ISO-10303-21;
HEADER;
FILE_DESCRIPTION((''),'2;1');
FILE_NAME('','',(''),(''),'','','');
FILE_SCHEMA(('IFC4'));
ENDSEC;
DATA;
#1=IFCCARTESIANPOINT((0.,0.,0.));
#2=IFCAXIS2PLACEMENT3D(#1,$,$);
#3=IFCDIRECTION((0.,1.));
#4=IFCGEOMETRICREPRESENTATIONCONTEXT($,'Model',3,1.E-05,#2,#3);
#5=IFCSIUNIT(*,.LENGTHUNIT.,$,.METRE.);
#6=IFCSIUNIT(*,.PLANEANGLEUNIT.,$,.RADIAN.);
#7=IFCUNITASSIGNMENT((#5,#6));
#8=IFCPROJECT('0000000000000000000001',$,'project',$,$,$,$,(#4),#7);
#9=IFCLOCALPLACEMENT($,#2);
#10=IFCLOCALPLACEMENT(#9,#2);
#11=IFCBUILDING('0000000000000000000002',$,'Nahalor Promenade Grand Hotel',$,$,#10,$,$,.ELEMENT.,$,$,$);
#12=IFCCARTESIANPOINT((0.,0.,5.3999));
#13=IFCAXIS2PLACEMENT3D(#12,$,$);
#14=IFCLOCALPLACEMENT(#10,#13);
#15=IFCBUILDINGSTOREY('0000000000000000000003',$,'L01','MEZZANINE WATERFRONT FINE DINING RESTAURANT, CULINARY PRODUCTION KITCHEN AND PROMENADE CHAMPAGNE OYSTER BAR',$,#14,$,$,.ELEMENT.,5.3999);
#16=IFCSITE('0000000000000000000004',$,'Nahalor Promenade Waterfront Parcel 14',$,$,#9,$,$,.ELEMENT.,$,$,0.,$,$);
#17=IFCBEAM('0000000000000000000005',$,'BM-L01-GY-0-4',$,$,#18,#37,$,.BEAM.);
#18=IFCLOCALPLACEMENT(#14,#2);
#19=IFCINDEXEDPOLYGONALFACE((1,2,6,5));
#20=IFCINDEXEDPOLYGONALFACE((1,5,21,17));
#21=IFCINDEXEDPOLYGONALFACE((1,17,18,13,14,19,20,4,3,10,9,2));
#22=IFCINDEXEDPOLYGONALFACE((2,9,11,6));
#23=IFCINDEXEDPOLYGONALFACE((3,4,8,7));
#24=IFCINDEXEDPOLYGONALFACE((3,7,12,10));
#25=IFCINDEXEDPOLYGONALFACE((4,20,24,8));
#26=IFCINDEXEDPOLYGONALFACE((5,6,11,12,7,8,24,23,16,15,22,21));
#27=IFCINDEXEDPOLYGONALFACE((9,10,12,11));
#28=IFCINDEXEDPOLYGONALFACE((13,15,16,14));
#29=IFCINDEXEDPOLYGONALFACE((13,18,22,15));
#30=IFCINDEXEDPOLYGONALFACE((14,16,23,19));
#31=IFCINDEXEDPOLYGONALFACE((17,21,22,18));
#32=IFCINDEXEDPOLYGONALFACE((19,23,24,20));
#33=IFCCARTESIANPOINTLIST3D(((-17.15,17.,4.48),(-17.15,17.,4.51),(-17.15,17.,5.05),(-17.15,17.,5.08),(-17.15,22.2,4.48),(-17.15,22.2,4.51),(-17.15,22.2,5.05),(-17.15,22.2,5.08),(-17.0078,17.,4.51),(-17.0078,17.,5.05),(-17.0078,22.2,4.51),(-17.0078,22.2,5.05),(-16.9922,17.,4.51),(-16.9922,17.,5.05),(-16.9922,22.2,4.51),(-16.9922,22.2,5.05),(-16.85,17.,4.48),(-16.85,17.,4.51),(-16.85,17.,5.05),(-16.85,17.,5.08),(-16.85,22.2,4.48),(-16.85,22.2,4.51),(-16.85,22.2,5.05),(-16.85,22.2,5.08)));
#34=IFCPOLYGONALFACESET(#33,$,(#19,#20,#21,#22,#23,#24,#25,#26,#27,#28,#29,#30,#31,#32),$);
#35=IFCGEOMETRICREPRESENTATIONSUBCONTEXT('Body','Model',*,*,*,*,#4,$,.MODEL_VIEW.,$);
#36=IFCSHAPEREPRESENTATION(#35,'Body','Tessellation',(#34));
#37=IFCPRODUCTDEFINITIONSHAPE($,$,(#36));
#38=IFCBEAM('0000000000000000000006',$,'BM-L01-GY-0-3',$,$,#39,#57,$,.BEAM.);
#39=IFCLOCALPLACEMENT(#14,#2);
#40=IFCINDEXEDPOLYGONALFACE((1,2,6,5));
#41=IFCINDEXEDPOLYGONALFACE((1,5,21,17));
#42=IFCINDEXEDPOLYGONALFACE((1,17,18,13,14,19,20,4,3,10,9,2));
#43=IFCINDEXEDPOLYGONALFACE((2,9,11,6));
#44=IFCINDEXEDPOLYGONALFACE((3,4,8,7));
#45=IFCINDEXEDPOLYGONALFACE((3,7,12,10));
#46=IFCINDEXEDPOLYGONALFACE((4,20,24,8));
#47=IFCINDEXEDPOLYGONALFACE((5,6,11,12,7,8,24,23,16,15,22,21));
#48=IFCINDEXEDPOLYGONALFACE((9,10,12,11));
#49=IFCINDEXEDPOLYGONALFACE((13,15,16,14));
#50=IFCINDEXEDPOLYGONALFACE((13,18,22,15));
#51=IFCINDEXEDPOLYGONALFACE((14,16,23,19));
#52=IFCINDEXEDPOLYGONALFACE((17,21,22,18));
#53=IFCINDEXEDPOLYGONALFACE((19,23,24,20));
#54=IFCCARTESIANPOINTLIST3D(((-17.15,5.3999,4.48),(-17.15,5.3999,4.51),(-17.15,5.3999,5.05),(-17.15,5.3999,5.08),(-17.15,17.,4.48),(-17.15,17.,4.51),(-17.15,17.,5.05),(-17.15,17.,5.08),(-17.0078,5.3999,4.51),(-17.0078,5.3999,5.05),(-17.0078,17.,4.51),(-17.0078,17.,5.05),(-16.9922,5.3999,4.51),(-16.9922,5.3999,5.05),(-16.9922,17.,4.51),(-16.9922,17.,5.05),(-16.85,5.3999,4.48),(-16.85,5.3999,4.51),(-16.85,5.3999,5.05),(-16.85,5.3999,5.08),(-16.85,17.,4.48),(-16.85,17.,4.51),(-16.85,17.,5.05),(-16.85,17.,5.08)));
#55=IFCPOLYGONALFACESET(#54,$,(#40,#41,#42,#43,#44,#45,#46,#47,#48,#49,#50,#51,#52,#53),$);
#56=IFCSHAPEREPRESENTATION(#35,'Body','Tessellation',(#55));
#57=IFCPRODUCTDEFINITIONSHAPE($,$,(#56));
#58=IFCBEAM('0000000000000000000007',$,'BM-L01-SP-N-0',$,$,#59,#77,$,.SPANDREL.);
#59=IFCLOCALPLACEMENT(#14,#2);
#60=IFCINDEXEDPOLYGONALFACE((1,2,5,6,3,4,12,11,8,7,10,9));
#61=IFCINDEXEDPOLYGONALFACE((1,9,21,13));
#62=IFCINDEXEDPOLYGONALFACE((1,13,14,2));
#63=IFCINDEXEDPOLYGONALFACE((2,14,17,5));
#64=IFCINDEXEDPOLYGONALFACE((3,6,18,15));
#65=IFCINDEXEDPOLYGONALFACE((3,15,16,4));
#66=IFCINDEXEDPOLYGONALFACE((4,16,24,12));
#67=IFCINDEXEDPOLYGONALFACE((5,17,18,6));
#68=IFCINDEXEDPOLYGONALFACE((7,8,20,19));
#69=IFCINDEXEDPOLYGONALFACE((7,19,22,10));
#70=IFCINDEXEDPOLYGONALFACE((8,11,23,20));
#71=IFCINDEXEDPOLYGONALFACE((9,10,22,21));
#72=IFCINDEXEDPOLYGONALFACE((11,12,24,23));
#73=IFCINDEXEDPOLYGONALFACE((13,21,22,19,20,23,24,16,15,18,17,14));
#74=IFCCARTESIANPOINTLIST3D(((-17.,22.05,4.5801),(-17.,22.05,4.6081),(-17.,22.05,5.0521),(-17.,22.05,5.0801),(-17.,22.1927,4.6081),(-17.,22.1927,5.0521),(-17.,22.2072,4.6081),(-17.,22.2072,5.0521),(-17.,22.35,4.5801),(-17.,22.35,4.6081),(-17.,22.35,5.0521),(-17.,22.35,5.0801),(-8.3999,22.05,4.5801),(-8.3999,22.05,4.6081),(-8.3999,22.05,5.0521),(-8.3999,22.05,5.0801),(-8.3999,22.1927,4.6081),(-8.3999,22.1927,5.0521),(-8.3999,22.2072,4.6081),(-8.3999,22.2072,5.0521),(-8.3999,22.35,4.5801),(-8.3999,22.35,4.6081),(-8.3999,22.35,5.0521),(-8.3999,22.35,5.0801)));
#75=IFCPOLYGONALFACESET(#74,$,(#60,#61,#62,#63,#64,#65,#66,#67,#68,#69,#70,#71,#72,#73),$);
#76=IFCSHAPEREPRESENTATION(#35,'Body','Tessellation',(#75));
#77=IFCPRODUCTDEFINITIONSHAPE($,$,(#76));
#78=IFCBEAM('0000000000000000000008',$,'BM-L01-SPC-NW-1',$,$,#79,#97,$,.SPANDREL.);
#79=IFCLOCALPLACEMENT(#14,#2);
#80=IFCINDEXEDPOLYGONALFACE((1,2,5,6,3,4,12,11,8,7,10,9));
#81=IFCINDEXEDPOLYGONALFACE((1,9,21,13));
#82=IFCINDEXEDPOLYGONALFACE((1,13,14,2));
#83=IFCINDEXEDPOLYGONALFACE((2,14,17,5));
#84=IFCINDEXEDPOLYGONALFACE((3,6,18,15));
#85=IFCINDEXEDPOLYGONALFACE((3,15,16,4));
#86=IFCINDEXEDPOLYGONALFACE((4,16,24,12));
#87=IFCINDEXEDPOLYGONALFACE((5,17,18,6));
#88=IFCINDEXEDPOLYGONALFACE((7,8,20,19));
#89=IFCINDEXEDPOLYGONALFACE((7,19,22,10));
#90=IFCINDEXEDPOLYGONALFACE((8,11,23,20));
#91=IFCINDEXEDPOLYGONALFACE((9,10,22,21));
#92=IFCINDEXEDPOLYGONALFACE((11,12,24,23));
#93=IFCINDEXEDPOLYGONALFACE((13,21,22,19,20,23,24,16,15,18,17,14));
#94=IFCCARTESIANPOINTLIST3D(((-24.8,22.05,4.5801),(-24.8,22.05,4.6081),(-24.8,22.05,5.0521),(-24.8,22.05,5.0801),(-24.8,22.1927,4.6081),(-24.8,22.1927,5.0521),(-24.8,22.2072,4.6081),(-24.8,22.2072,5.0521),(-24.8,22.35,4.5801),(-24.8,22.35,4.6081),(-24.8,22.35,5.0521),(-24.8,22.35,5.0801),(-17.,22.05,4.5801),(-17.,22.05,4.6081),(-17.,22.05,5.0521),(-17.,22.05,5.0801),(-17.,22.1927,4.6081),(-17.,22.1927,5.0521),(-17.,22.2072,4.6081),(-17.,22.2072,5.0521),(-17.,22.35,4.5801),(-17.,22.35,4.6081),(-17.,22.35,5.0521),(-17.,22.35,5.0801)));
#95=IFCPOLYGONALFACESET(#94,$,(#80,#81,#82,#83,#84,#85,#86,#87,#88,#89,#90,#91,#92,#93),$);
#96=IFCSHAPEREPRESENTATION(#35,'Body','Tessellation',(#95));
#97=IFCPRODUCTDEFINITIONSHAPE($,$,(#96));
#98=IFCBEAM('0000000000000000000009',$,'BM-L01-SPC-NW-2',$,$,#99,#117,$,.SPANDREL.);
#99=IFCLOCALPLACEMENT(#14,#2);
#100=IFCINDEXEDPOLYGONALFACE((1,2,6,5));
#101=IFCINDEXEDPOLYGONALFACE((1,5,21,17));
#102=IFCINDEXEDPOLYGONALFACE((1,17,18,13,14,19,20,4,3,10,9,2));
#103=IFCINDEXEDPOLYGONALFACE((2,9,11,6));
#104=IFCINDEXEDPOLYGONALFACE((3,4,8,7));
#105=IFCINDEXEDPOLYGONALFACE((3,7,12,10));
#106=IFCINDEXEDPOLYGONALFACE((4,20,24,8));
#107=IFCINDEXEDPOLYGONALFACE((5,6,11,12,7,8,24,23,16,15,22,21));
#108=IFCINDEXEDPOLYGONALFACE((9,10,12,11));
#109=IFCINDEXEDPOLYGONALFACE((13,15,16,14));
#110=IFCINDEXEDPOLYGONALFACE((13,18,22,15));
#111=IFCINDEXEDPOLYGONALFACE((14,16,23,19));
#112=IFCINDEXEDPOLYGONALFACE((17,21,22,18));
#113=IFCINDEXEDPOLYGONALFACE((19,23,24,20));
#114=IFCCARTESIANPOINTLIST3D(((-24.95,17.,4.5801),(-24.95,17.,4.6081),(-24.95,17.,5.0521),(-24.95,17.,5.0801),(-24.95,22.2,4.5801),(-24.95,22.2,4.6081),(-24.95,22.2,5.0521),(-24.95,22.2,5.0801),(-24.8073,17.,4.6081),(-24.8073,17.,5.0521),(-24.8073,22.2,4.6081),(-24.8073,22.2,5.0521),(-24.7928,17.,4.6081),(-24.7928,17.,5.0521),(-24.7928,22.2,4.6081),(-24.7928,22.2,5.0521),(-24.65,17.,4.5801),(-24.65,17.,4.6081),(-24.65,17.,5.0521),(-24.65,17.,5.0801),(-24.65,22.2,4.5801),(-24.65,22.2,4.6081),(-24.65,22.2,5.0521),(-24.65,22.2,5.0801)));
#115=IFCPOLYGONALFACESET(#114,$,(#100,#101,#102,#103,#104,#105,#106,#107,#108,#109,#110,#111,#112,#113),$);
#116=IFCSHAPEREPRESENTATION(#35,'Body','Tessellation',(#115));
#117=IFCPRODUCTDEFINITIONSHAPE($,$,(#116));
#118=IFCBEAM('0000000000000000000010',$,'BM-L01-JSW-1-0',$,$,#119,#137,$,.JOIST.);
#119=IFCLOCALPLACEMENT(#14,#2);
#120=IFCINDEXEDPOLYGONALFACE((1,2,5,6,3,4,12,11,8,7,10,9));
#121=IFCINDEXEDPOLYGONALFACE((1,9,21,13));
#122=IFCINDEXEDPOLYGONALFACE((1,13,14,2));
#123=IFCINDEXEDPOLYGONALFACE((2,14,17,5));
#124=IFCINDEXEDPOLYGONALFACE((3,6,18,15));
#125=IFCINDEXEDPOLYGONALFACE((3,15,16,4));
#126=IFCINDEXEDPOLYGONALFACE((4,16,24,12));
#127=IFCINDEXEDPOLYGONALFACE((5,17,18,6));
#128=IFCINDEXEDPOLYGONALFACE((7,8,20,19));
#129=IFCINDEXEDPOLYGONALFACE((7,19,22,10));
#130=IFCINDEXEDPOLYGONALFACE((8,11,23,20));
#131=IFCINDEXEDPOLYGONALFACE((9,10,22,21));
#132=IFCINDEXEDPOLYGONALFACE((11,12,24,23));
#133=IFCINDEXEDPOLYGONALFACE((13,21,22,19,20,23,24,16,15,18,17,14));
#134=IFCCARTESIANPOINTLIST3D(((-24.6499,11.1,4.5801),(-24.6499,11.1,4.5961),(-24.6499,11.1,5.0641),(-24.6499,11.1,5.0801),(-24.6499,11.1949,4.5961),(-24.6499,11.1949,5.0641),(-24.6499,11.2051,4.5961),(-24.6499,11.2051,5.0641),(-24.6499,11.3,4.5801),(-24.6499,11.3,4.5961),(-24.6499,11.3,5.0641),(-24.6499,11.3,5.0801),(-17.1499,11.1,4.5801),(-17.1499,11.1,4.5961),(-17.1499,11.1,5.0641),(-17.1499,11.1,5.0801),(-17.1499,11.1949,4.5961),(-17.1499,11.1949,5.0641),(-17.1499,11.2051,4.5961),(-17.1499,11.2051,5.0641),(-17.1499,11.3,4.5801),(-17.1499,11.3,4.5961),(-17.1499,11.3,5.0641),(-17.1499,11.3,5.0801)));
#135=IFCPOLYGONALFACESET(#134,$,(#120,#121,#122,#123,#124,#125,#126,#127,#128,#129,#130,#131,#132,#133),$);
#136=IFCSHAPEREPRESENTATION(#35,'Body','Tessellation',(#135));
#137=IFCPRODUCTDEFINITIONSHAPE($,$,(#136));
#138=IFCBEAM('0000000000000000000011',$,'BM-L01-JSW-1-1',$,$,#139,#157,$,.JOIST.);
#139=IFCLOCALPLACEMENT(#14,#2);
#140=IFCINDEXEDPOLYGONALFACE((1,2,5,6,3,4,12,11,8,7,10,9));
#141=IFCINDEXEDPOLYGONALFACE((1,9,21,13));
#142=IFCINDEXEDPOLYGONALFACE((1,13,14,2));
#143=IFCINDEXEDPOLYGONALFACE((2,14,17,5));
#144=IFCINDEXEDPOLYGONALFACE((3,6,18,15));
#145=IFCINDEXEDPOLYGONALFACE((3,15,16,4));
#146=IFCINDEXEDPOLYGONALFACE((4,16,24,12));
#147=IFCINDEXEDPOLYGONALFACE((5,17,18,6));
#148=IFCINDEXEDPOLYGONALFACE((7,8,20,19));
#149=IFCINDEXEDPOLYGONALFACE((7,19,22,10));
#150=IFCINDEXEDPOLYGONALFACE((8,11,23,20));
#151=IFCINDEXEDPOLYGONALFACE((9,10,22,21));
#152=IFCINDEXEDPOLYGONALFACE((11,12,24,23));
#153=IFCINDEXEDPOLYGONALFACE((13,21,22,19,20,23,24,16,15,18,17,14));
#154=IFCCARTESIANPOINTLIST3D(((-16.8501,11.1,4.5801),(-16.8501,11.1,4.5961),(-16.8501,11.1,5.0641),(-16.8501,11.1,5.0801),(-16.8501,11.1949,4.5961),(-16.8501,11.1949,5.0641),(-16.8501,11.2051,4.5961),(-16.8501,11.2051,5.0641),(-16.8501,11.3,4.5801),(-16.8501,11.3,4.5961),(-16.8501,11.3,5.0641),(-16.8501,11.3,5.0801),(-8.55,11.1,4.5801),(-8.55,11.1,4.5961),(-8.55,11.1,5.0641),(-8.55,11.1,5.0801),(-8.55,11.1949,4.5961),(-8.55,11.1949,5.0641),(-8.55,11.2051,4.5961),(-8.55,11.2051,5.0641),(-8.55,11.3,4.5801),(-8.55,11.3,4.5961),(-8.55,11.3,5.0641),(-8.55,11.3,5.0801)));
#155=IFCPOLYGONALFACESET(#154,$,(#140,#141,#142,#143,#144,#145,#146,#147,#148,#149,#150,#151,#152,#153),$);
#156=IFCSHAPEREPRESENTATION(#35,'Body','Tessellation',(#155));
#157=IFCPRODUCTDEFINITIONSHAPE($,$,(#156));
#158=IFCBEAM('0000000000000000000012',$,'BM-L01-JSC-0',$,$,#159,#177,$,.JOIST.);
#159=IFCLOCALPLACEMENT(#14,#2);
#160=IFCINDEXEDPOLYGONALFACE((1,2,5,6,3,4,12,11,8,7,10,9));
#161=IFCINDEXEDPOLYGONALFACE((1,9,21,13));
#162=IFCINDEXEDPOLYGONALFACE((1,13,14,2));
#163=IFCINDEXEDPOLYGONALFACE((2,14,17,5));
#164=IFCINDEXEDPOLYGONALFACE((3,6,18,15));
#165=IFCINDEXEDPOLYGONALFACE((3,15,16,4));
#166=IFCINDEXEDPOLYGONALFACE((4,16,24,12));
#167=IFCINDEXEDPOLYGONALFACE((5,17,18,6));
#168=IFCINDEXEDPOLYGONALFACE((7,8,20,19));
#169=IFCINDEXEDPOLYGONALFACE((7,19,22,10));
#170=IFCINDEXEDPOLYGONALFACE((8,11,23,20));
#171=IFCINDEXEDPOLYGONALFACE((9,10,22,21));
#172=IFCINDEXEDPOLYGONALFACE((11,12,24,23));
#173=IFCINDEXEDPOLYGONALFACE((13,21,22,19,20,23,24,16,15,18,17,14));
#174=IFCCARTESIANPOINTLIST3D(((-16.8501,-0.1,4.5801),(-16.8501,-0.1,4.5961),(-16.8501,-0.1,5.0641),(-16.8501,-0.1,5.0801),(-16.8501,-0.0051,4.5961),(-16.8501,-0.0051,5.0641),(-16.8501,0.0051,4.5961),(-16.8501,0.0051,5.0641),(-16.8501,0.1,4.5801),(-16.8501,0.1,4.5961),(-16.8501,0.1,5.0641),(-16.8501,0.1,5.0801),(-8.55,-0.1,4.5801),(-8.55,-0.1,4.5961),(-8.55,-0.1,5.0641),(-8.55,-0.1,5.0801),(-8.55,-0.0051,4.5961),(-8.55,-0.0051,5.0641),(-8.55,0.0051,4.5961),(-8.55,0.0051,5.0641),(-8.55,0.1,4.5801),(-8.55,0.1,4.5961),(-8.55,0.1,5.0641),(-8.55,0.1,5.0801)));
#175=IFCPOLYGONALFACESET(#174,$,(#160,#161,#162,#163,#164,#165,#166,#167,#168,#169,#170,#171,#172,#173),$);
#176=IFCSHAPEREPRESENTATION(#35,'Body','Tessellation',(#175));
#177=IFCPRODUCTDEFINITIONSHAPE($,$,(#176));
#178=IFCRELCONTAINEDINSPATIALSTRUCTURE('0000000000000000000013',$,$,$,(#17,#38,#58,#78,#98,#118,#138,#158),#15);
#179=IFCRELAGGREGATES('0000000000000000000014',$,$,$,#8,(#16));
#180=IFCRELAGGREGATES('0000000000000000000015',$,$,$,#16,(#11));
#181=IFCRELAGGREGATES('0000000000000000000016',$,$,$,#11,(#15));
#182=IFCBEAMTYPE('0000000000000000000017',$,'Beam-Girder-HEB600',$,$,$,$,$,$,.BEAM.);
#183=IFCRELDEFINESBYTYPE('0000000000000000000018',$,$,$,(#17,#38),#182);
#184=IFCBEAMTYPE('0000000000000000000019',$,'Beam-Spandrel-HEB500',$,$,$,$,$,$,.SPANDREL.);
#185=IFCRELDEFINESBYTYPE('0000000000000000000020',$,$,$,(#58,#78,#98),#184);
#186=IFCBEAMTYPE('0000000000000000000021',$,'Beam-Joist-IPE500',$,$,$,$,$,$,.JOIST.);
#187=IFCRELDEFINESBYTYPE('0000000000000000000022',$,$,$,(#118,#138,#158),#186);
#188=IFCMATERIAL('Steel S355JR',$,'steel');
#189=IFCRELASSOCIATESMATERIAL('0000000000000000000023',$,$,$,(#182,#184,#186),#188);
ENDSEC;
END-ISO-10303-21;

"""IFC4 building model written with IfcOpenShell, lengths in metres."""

from ifc_helpers import new_model, si_unit, direction, frame, origin, origin_2d, place, context, subcontext, project, spatial, i_section, extrude, source, transform, mapped, material, material_profile, profile_set, type_object, element, save


model = new_model("IFC4")

# Units and contexts
model_context = context("Model", 3, precision=1e-05, world=origin(), true_north=direction((0.0, 1.0)))
body_context = subcontext(model_context, "Body", "Model", "MODEL_VIEW")
ifc_project = project(units=[si_unit("LENGTHUNIT", "METRE"), si_unit("PLANEANGLEUNIT", "RADIAN")], contexts=[model_context])

# Site, building, storey
site_placement = place(None, origin())
site = spatial("IfcSite", under=ifc_project, at=site_placement, Name="Nahalor Promenade Waterfront Parcel 14", CompositionType="ELEMENT", RefElevation=0.0)
building_placement = place(site_placement, origin())
building = spatial("IfcBuilding", under=site, at=building_placement, Name="Nahalor Promenade Grand Hotel", CompositionType="ELEMENT")
storey_placement = place(building_placement, frame((0.0, 0.0, 5.3999)))
storey = spatial("IfcBuildingStorey", under=building, at=storey_placement, Name="L01", Description="MEZZANINE WATERFRONT FINE DINING RESTAURANT, CULINARY PRODUCTION KITCHEN AND PROMENADE CHAMPAGNE OYSTER BAR", CompositionType="ELEMENT", Elevation=5.3999)

# Beams
ifc_material_1 = material(Name="Steel S355JR", Category="steel")
ifc_material_profile_1 = material_profile(ifc_material_1, i_section(OverallWidth=0.3, OverallDepth=0.6, WebThickness=0.0155, FlangeThickness=0.03, at=origin_2d()), Name="HEB 600")
ifc_profile_set_1 = profile_set([ifc_material_profile_1], Name="Steel S355JR")
beam_type_1 = type_object("IfcBeamType", Name="Beam-Girder-HEB600", PredefinedType="BEAM", material=ifc_profile_set_1)
shared_shape_1 = source(origin(), body_context, "Body", "SweptSolid", [
    extrude(i_section(OverallWidth=0.3, OverallDepth=0.6, WebThickness=0.0155, FlangeThickness=0.03, at=origin_2d()), origin(), (0.0, 0.0, 1.0), 5.2),
])
beam_1_placement = place(storey_placement, frame((-17.0, 17.0, 4.78), z_axis=(0.0, 1.0, 0.0), x_axis=(-1.0, 0.0, 0.0)))
element("IfcBeam", 1, at=beam_1_placement, inside=storey, type_object=beam_type_1, Name="BM-L01-GY-0-4", PredefinedType="BEAM", context=body_context, shape_type="MappedRepresentation", body=[
    mapped(shared_shape_1, transform((0.0, 0.0, 0.0), scale=1.0)),
])
shared_shape_2 = source(origin(), body_context, "Body", "SweptSolid", [
    extrude(i_section(OverallWidth=0.3, OverallDepth=0.6, WebThickness=0.0155, FlangeThickness=0.03, at=origin_2d()), origin(), (0.0, 0.0, 1.0), 11.6001),
])
beam_2_placement = place(storey_placement, frame((-17.0, 5.3999, 4.78), z_axis=(0.0, 1.0, 0.0), x_axis=(-1.0, 0.0, 0.0)))
element("IfcBeam", 2, at=beam_2_placement, inside=storey, type_object=beam_type_1, Name="BM-L01-GY-0-3", PredefinedType="BEAM", context=body_context, shape_type="MappedRepresentation", body=[
    mapped(shared_shape_2, transform((0.0, 0.0, 0.0), scale=1.0)),
])
ifc_material_profile_2 = material_profile(ifc_material_1, i_section(OverallWidth=0.3, OverallDepth=0.5, WebThickness=0.0145, FlangeThickness=0.028, at=origin_2d()), Name="HEB 500")
ifc_profile_set_2 = profile_set([ifc_material_profile_2], Name="Steel S355JR")
beam_type_2 = type_object("IfcBeamType", Name="Beam-Spandrel-HEB500", PredefinedType="SPANDREL", material=ifc_profile_set_2)
shared_shape_3 = source(origin(), body_context, "Body", "SweptSolid", [
    extrude(i_section(OverallWidth=0.3, OverallDepth=0.5, WebThickness=0.0145, FlangeThickness=0.028, at=origin_2d()), origin(), (0.0, 0.0, 1.0), 8.6001),
])
beam_3_placement = place(storey_placement, frame((-17.0, 22.2, 4.8301), z_axis=(1.0, 0.0, 0.0), x_axis=(0.0, 1.0, 0.0)))
element("IfcBeam", 3, at=beam_3_placement, inside=storey, type_object=beam_type_2, Name="BM-L01-SP-N-0", PredefinedType="SPANDREL", context=body_context, shape_type="MappedRepresentation", body=[
    mapped(shared_shape_3, transform((0.0, 0.0, 0.0), scale=1.0)),
])
shared_shape_4 = source(origin(), body_context, "Body", "SweptSolid", [
    extrude(i_section(OverallWidth=0.3, OverallDepth=0.5, WebThickness=0.0145, FlangeThickness=0.028, at=origin_2d()), origin(), (0.0, 0.0, 1.0), 7.8),
])
beam_4_placement = place(storey_placement, frame((-17.0, 22.2, 4.8301), z_axis=(-1.0, 0.0, 0.0), x_axis=(0.0, -1.0, 0.0)))
element("IfcBeam", 4, at=beam_4_placement, inside=storey, type_object=beam_type_2, Name="BM-L01-SPC-NW-1", PredefinedType="SPANDREL", context=body_context, shape_type="MappedRepresentation", body=[
    mapped(shared_shape_4, transform((0.0, 0.0, 0.0), scale=1.0)),
])
shared_shape_5 = source(origin(), body_context, "Body", "SweptSolid", [
    extrude(i_section(OverallWidth=0.3, OverallDepth=0.5, WebThickness=0.0145, FlangeThickness=0.028, at=origin_2d()), origin(), (0.0, 0.0, 1.0), 5.2),
])
beam_5_placement = place(storey_placement, frame((-24.8, 22.2, 4.8301), z_axis=(0.0, -1.0, 0.0), x_axis=(1.0, 0.0, 0.0)))
element("IfcBeam", 5, at=beam_5_placement, inside=storey, type_object=beam_type_2, Name="BM-L01-SPC-NW-2", PredefinedType="SPANDREL", context=body_context, shape_type="MappedRepresentation", body=[
    mapped(shared_shape_5, transform((0.0, 0.0, 0.0), scale=1.0)),
])
ifc_material_profile_3 = material_profile(ifc_material_1, i_section(OverallWidth=0.2, OverallDepth=0.5, WebThickness=0.0102, FlangeThickness=0.016, at=origin_2d()), Name="IPE 500")
ifc_profile_set_3 = profile_set([ifc_material_profile_3], Name="Steel S355JR")
beam_type_3 = type_object("IfcBeamType", Name="Beam-Joist-IPE500", PredefinedType="JOIST", material=ifc_profile_set_3)
shared_shape_6 = source(origin(), body_context, "Body", "SweptSolid", [
    extrude(i_section(OverallWidth=0.2, OverallDepth=0.5, WebThickness=0.0102, FlangeThickness=0.016, at=origin_2d()), origin(), (0.0, 0.0, 1.0), 7.5),
])
beam_6_placement = place(storey_placement, frame((-24.6499, 11.2, 4.8301), z_axis=(1.0, 0.0, 0.0), x_axis=(0.0, 1.0, 0.0)))
element("IfcBeam", 6, at=beam_6_placement, inside=storey, type_object=beam_type_3, Name="BM-L01-JSW-1-0", PredefinedType="JOIST", context=body_context, shape_type="MappedRepresentation", body=[
    mapped(shared_shape_6, transform((0.0, 0.0, 0.0), scale=1.0)),
])
shared_shape_7 = source(origin(), body_context, "Body", "SweptSolid", [
    extrude(i_section(OverallWidth=0.2, OverallDepth=0.5, WebThickness=0.0102, FlangeThickness=0.016, at=origin_2d()), origin(), (0.0, 0.0, 1.0), 8.3),
])
for number, where, z_axis, x_axis, name in (
    (7, (-16.8501, 11.2, 4.8301), (1.0, 0.0, 0.0), (0.0, 1.0, 0.0), "BM-L01-JSW-1-1"),
    (8, (-16.8501, 0.0, 4.8301), (1.0, 0.0, 0.0), (0.0, 1.0, 0.0), "BM-L01-JSC-0"),
):
    element("IfcBeam", number, at=place(storey_placement, frame(where, z_axis=z_axis, x_axis=x_axis)), inside=storey, type_object=beam_type_3, Name=name, PredefinedType="JOIST", context=body_context, shape_type="MappedRepresentation", body=[
        mapped(shared_shape_7, transform((0.0, 0.0, 0.0), scale=1.0)),
    ])

save(model, "model.ifc")
